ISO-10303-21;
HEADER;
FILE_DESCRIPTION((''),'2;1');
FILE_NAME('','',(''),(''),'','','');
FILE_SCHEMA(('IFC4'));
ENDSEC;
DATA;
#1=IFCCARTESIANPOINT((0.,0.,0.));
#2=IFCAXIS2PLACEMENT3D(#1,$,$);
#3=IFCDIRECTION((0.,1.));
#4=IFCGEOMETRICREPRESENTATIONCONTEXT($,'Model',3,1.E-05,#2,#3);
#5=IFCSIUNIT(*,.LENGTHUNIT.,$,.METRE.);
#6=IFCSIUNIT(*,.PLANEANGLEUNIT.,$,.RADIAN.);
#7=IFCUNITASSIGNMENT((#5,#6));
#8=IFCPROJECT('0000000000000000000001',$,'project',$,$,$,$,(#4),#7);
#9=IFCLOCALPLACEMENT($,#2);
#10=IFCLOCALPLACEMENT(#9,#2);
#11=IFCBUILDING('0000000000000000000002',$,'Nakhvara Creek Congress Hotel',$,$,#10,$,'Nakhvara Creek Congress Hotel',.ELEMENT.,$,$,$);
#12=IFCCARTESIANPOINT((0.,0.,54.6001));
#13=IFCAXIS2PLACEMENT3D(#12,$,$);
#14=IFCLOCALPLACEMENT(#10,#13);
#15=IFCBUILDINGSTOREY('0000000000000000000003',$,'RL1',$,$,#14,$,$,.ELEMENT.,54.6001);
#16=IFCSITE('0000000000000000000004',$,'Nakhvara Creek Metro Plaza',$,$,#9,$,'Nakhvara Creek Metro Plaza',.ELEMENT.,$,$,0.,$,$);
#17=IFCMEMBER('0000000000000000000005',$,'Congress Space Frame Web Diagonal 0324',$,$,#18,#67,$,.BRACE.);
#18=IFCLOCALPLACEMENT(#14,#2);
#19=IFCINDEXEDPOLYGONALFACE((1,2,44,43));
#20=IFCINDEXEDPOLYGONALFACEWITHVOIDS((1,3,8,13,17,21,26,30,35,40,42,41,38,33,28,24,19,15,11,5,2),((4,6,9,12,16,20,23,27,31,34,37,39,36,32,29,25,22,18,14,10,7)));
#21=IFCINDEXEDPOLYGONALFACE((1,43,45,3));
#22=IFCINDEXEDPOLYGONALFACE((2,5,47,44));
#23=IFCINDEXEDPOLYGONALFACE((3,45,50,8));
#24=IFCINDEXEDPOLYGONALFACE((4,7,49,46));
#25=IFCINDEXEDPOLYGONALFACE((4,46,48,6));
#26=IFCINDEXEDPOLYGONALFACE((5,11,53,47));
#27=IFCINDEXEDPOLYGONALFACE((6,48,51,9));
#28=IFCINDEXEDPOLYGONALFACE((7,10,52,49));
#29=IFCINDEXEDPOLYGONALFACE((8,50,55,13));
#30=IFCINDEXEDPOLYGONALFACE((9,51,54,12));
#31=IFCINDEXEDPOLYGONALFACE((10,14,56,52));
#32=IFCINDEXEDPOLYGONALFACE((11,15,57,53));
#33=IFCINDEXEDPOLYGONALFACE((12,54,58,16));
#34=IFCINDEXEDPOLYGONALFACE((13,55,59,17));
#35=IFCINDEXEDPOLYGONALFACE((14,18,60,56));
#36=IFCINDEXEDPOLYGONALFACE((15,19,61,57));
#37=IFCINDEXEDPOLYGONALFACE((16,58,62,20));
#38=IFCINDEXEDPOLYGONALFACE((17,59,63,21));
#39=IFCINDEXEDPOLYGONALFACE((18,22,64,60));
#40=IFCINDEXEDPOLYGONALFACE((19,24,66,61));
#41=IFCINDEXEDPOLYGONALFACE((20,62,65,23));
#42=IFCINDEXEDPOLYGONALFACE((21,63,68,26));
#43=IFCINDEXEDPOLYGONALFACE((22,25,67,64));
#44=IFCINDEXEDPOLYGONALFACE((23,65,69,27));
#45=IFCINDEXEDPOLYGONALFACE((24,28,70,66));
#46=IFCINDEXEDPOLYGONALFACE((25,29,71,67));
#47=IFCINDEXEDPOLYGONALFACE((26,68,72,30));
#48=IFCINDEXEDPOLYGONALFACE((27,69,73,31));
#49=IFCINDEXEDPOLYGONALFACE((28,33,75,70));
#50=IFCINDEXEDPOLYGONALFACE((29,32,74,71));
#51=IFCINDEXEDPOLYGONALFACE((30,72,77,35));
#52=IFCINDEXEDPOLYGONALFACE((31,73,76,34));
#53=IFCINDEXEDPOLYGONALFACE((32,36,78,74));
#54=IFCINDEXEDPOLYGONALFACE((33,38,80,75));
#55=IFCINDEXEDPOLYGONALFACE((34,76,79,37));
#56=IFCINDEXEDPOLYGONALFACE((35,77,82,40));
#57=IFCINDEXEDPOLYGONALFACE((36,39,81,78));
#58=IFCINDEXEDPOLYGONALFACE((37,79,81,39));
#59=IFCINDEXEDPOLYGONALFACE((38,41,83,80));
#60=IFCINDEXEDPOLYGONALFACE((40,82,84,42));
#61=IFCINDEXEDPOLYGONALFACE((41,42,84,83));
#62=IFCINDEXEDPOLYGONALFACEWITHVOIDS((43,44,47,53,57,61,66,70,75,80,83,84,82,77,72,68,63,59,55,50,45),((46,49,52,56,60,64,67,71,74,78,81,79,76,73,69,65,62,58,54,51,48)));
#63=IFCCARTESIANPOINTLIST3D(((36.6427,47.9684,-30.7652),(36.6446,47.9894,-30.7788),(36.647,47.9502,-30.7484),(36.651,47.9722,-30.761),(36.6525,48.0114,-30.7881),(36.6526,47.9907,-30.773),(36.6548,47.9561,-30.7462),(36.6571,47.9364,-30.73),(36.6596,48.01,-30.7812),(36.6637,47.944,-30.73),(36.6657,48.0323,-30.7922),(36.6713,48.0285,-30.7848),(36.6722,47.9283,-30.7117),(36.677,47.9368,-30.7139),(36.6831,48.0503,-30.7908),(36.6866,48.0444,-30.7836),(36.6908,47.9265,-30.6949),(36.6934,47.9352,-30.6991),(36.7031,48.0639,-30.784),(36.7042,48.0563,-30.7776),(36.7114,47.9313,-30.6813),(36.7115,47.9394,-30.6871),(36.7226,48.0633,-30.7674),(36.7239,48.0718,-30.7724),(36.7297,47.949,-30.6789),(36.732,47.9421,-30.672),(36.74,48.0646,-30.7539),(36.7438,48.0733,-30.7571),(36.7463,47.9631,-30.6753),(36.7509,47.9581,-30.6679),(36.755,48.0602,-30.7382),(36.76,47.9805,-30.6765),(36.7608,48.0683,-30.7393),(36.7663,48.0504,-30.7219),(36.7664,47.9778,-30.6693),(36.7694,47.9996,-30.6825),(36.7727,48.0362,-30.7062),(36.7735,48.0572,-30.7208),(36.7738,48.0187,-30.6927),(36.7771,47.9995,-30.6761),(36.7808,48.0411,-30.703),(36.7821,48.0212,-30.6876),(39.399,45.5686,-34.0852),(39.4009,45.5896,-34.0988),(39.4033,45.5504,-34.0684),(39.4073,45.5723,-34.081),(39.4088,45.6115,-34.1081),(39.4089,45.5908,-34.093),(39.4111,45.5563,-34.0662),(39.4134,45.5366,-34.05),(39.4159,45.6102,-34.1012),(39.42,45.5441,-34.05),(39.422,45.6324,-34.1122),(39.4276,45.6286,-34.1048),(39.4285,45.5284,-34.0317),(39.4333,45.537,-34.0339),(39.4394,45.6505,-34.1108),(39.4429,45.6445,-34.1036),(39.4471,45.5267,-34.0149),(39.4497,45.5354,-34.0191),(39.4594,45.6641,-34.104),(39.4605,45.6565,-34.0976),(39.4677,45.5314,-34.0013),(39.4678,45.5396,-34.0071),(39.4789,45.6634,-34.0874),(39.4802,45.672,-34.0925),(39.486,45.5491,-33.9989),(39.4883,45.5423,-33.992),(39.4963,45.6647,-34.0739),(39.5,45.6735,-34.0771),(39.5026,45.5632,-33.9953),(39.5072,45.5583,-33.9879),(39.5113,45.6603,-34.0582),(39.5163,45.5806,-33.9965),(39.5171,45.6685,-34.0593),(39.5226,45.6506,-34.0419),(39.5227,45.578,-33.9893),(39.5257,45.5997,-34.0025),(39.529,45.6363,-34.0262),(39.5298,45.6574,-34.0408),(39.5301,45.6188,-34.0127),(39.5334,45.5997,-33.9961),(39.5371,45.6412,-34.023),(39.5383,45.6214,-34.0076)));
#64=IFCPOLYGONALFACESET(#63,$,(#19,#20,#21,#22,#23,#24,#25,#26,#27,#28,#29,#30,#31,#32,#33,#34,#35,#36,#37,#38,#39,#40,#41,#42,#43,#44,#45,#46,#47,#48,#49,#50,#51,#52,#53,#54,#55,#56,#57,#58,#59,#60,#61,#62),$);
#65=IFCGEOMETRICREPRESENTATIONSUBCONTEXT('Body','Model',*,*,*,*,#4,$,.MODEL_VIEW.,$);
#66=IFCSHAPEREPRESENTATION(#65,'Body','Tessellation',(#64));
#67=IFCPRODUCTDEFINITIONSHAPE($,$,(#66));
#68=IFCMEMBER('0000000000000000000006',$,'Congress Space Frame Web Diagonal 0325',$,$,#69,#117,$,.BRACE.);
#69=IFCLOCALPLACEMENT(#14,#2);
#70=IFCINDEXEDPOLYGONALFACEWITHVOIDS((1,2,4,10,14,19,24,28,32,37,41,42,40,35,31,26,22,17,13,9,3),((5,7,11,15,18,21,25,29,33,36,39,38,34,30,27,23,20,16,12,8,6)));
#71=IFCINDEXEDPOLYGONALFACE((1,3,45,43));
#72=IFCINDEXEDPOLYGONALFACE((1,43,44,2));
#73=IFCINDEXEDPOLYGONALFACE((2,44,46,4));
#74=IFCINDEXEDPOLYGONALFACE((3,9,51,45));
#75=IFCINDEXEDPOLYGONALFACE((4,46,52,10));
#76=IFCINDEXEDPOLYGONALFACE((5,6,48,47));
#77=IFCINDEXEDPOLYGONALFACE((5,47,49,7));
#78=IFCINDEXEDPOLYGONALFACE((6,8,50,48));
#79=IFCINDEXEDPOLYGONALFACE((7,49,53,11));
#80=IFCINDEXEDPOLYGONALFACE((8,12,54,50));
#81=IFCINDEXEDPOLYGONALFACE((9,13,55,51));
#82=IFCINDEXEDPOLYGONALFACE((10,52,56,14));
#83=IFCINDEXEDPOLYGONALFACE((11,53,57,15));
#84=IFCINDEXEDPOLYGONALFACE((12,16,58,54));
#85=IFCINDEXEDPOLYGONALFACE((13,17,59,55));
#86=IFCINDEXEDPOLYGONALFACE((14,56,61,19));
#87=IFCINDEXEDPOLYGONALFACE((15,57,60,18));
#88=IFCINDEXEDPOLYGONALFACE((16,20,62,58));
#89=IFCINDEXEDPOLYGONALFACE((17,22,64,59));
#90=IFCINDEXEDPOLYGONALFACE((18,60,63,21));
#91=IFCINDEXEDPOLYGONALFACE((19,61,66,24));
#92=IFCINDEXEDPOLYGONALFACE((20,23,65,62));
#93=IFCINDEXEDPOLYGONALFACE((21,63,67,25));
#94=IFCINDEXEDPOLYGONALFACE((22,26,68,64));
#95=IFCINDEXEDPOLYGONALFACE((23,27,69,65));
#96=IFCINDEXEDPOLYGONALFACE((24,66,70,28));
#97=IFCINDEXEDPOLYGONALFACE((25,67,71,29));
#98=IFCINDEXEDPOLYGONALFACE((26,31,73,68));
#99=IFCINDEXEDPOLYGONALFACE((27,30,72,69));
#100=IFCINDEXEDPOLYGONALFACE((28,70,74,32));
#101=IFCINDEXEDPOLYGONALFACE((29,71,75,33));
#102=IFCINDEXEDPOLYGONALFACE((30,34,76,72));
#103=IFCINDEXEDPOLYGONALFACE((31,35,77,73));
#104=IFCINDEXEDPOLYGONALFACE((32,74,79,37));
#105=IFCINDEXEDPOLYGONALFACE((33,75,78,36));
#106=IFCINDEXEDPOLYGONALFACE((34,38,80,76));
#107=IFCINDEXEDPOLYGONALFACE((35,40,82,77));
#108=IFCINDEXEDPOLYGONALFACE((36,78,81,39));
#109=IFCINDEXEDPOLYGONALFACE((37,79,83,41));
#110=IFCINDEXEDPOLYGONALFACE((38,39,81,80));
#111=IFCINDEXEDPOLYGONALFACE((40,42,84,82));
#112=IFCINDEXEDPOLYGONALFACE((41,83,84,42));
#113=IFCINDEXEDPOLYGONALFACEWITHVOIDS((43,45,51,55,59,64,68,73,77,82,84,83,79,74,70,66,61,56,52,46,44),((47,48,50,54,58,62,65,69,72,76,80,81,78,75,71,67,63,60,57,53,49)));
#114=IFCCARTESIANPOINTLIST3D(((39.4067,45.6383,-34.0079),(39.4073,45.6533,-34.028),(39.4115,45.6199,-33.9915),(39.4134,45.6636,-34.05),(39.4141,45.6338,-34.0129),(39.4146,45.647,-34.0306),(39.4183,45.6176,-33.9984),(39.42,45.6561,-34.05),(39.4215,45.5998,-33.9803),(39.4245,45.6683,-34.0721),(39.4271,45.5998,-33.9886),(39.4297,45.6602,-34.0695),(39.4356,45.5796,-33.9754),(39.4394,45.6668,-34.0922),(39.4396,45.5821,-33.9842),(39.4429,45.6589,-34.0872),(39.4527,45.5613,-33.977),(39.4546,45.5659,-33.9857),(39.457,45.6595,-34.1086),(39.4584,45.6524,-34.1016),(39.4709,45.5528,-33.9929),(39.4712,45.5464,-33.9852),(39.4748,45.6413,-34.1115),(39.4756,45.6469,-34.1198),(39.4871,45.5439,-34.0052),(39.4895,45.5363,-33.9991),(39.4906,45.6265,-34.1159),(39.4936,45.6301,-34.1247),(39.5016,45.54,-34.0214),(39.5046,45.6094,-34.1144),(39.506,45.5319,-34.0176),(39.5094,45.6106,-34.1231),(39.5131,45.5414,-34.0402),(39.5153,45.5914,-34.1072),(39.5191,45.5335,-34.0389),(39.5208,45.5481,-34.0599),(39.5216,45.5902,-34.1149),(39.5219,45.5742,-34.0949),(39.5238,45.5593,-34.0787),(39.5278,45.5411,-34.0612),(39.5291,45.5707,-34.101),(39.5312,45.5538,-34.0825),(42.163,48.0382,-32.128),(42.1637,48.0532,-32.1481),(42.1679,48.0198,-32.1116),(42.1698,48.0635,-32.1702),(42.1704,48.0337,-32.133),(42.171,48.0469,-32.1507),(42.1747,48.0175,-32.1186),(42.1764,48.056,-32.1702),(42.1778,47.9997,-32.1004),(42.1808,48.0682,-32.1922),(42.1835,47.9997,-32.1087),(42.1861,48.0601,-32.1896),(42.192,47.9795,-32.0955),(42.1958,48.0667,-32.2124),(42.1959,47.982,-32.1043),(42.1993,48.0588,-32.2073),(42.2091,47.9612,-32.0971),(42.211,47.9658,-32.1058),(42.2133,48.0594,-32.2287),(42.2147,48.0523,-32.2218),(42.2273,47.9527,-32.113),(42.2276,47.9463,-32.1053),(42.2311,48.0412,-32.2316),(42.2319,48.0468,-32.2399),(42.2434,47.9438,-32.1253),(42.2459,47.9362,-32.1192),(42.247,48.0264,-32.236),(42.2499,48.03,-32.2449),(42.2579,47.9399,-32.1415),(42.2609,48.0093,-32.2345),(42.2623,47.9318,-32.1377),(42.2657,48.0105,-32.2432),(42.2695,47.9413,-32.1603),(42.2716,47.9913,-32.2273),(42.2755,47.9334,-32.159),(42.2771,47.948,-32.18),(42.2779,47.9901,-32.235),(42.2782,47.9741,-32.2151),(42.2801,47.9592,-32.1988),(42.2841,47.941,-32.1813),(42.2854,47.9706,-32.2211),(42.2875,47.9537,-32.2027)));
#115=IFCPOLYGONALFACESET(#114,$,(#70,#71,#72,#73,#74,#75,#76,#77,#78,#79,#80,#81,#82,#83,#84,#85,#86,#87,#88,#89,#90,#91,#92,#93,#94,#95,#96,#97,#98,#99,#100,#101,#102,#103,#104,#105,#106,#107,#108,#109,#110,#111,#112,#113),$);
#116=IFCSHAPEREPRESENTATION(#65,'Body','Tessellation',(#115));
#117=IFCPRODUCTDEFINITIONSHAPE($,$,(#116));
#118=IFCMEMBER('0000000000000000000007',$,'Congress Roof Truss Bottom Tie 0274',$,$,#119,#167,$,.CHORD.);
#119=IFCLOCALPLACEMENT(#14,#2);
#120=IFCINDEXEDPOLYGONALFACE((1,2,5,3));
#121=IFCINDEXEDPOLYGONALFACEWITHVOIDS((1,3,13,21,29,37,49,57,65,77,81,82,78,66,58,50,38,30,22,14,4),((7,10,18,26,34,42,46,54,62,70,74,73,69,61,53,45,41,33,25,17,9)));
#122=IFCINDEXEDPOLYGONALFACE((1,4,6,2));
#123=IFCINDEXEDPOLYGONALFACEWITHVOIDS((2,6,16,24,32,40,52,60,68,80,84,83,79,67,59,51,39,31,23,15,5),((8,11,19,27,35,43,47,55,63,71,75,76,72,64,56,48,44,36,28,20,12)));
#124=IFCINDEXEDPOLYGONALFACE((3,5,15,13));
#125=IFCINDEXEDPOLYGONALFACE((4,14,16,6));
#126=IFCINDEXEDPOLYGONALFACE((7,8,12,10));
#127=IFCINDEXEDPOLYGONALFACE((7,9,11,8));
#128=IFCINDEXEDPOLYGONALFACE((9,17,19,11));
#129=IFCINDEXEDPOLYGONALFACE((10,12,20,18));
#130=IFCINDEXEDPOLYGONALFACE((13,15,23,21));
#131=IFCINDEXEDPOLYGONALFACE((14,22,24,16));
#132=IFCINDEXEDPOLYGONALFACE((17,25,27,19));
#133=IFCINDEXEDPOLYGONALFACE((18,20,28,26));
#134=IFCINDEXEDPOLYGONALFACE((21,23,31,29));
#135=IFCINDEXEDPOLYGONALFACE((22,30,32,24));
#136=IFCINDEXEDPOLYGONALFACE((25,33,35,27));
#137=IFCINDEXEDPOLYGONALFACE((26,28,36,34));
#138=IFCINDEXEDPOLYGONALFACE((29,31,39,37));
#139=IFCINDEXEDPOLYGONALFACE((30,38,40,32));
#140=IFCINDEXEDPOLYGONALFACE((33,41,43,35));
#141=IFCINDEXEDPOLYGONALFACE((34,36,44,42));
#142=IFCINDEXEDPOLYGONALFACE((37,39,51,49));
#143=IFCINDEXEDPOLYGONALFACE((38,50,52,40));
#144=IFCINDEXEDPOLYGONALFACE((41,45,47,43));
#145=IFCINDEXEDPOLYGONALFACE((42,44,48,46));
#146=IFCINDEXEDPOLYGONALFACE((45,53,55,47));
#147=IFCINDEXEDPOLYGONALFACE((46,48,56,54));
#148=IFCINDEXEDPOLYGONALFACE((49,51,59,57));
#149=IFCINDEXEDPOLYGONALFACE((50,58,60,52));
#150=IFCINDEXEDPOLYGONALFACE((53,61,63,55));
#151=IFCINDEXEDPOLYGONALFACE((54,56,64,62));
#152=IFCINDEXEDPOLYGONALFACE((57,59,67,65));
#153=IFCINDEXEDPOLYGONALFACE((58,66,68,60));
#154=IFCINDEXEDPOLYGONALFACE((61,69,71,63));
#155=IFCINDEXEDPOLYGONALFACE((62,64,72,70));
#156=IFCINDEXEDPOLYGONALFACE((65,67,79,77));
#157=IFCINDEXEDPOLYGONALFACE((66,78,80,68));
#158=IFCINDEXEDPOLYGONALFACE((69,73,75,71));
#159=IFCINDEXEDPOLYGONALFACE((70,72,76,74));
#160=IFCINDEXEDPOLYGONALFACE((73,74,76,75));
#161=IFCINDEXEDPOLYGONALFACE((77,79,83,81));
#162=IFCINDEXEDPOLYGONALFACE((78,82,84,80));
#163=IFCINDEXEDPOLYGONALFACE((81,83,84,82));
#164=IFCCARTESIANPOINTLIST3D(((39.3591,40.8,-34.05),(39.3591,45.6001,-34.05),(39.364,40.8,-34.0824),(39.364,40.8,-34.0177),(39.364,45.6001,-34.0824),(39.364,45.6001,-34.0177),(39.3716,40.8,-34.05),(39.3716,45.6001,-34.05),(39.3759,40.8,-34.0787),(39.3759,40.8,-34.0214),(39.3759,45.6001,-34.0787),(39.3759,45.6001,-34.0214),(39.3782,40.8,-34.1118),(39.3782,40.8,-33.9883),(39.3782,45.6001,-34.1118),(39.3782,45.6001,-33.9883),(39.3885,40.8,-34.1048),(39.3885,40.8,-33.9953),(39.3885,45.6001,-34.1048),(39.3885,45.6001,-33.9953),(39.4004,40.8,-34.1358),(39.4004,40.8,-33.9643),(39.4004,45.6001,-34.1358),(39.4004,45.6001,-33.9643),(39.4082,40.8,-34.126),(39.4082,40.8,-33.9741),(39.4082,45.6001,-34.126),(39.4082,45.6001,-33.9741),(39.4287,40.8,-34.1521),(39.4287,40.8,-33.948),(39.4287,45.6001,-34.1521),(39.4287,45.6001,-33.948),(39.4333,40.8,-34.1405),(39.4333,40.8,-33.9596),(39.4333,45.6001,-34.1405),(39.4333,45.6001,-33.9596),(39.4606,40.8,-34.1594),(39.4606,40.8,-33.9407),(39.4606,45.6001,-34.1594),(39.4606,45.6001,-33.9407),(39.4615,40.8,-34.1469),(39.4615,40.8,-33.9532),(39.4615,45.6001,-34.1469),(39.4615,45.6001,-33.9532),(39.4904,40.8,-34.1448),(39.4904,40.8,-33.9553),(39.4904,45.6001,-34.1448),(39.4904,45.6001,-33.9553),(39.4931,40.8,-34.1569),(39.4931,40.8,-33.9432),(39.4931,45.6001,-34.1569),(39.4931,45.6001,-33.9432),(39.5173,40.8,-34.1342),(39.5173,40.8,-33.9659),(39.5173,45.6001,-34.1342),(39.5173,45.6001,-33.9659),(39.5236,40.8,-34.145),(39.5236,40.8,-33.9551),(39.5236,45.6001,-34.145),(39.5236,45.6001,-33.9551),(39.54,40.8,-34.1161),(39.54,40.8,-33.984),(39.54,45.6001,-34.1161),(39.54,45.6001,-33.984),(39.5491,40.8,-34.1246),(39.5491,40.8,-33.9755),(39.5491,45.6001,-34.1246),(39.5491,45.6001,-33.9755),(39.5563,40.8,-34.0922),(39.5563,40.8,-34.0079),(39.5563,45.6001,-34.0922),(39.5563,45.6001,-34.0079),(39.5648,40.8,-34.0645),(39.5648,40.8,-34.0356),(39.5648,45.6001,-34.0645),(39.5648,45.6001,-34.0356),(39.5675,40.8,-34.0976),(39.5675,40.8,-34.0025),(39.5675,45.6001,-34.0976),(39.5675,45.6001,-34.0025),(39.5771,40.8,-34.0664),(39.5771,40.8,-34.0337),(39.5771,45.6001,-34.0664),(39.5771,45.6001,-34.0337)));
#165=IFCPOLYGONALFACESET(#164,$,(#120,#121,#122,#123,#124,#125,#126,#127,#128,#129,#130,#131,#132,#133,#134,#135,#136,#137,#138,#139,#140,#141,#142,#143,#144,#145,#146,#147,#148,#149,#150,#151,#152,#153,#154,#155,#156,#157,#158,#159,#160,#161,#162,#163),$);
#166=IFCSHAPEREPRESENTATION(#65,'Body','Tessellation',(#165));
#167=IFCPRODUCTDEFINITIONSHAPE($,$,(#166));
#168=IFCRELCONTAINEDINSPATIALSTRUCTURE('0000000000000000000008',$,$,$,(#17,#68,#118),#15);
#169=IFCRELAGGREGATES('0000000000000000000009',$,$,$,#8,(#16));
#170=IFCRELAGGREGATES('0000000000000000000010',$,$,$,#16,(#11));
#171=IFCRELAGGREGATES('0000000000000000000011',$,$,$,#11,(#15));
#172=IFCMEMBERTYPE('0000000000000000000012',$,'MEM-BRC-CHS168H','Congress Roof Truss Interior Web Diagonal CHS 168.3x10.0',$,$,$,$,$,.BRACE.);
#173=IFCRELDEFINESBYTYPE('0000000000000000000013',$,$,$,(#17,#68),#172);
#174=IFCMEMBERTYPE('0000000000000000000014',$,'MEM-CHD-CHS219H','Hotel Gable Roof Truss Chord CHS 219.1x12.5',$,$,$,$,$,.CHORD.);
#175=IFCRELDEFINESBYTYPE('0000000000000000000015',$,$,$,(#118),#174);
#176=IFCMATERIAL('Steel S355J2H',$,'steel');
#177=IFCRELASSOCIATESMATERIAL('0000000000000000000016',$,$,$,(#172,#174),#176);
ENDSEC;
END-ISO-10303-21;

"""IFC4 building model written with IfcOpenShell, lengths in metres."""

from ifc_helpers import new_model, si_unit, direction, frame, origin, origin_2d, place, context, subcontext, project, spatial, hollow_circle, extrude, material, material_profile, profile_set, type_object, element, save


model = new_model("IFC4")

# Units and contexts
model_context = context("Model", 3, precision=1e-05, world=origin(), true_north=direction((0.0, 1.0)))
body_context = subcontext(model_context, "Body", "Model", "MODEL_VIEW")
ifc_project = project(units=[si_unit("LENGTHUNIT", "METRE"), si_unit("PLANEANGLEUNIT", "RADIAN")], contexts=[model_context])

# Site, building, storey
site_placement = place(None, origin())
site = spatial("IfcSite", under=ifc_project, at=site_placement, Name="Nakhvara Creek Metro Plaza", LongName="Nakhvara Creek Metro Plaza", CompositionType="ELEMENT", RefElevation=0.0)
building_placement = place(site_placement, origin())
building = spatial("IfcBuilding", under=site, at=building_placement, Name="Nakhvara Creek Congress Hotel", LongName="Nakhvara Creek Congress Hotel", CompositionType="ELEMENT")
storey_placement = place(building_placement, frame((0.0, 0.0, 54.6001)))
storey = spatial("IfcBuildingStorey", under=building, at=storey_placement, Name="RL1", CompositionType="ELEMENT", Elevation=54.6001)

# Members
ifc_material_1 = material(Name="Steel S355J2H", Category="steel")
ifc_material_profile_1 = material_profile(ifc_material_1, hollow_circle(Radius=0.0842, WallThickness=0.01, at=origin_2d()), Name="CHS 168.3x10.0", Category="LoadBearing")
ifc_profile_set_1 = profile_set([ifc_material_profile_1], Name="Steel S355J2H")
member_type_1 = type_object("IfcMemberType", Name="MEM-BRC-CHS168H", Description="Congress Roof Truss Interior Web Diagonal CHS 168.3x10.0", PredefinedType="BRACE", material=ifc_profile_set_1)
member_1_placement = place(storey_placement, frame((39.4688, 45.6001, -34.05), z_axis=(-0.558237, 0.486047, 0.672406), x_axis=(-0.656658, -0.754188, 0.0)))
element("IfcMember", 1, at=member_1_placement, inside=storey, type_object=member_type_1, Name="Congress Space Frame Web Diagonal 0324", PredefinedType="BRACE", context=body_context, shape_type="SweptSolid", body=[
    extrude(hollow_circle(Radius=0.0842, WallThickness=0.01, at=origin_2d()), origin(), (0.0, 0.0, 1.0), 4.9375),
])
member_2_placement = place(storey_placement, frame((39.4688, 45.6001, -34.05), z_axis=(0.670667, 0.583938, 0.457408), x_axis=(-0.656658, 0.754188, 0.0)))
element("IfcMember", 2, at=member_2_placement, inside=storey, type_object=member_type_1, Name="Congress Space Frame Web Diagonal 0325", PredefinedType="BRACE", context=body_context, shape_type="SweptSolid", body=[
    extrude(hollow_circle(Radius=0.0842, WallThickness=0.01, at=origin_2d()), origin(), (0.0, 0.0, 1.0), 4.1099),
])
ifc_material_profile_2 = material_profile(ifc_material_1, hollow_circle(Radius=0.1096, WallThickness=0.0125, at=origin_2d()), Name="CHS 219.1x12.5", Category="LoadBearing")
ifc_profile_set_2 = profile_set([ifc_material_profile_2], Name="Steel S355J2H")
member_type_2 = type_object("IfcMemberType", Name="MEM-CHD-CHS219H", Description="Hotel Gable Roof Truss Chord CHS 219.1x12.5", PredefinedType="CHORD", material=ifc_profile_set_2)
member_3_placement = place(storey_placement, frame((39.4688, 40.8, -34.05), z_axis=(0.0, 1.0, 0.0), x_axis=(-1.0, 0.0, 0.0)))
element("IfcMember", 3, at=member_3_placement, inside=storey, type_object=member_type_2, Name="Congress Roof Truss Bottom Tie 0274", PredefinedType="CHORD", context=body_context, shape_type="SweptSolid", body=[
    extrude(hollow_circle(Radius=0.1096, WallThickness=0.0125, at=origin_2d()), origin(), (0.0, 0.0, 1.0), 4.8),
])

save(model, "model.ifc")
